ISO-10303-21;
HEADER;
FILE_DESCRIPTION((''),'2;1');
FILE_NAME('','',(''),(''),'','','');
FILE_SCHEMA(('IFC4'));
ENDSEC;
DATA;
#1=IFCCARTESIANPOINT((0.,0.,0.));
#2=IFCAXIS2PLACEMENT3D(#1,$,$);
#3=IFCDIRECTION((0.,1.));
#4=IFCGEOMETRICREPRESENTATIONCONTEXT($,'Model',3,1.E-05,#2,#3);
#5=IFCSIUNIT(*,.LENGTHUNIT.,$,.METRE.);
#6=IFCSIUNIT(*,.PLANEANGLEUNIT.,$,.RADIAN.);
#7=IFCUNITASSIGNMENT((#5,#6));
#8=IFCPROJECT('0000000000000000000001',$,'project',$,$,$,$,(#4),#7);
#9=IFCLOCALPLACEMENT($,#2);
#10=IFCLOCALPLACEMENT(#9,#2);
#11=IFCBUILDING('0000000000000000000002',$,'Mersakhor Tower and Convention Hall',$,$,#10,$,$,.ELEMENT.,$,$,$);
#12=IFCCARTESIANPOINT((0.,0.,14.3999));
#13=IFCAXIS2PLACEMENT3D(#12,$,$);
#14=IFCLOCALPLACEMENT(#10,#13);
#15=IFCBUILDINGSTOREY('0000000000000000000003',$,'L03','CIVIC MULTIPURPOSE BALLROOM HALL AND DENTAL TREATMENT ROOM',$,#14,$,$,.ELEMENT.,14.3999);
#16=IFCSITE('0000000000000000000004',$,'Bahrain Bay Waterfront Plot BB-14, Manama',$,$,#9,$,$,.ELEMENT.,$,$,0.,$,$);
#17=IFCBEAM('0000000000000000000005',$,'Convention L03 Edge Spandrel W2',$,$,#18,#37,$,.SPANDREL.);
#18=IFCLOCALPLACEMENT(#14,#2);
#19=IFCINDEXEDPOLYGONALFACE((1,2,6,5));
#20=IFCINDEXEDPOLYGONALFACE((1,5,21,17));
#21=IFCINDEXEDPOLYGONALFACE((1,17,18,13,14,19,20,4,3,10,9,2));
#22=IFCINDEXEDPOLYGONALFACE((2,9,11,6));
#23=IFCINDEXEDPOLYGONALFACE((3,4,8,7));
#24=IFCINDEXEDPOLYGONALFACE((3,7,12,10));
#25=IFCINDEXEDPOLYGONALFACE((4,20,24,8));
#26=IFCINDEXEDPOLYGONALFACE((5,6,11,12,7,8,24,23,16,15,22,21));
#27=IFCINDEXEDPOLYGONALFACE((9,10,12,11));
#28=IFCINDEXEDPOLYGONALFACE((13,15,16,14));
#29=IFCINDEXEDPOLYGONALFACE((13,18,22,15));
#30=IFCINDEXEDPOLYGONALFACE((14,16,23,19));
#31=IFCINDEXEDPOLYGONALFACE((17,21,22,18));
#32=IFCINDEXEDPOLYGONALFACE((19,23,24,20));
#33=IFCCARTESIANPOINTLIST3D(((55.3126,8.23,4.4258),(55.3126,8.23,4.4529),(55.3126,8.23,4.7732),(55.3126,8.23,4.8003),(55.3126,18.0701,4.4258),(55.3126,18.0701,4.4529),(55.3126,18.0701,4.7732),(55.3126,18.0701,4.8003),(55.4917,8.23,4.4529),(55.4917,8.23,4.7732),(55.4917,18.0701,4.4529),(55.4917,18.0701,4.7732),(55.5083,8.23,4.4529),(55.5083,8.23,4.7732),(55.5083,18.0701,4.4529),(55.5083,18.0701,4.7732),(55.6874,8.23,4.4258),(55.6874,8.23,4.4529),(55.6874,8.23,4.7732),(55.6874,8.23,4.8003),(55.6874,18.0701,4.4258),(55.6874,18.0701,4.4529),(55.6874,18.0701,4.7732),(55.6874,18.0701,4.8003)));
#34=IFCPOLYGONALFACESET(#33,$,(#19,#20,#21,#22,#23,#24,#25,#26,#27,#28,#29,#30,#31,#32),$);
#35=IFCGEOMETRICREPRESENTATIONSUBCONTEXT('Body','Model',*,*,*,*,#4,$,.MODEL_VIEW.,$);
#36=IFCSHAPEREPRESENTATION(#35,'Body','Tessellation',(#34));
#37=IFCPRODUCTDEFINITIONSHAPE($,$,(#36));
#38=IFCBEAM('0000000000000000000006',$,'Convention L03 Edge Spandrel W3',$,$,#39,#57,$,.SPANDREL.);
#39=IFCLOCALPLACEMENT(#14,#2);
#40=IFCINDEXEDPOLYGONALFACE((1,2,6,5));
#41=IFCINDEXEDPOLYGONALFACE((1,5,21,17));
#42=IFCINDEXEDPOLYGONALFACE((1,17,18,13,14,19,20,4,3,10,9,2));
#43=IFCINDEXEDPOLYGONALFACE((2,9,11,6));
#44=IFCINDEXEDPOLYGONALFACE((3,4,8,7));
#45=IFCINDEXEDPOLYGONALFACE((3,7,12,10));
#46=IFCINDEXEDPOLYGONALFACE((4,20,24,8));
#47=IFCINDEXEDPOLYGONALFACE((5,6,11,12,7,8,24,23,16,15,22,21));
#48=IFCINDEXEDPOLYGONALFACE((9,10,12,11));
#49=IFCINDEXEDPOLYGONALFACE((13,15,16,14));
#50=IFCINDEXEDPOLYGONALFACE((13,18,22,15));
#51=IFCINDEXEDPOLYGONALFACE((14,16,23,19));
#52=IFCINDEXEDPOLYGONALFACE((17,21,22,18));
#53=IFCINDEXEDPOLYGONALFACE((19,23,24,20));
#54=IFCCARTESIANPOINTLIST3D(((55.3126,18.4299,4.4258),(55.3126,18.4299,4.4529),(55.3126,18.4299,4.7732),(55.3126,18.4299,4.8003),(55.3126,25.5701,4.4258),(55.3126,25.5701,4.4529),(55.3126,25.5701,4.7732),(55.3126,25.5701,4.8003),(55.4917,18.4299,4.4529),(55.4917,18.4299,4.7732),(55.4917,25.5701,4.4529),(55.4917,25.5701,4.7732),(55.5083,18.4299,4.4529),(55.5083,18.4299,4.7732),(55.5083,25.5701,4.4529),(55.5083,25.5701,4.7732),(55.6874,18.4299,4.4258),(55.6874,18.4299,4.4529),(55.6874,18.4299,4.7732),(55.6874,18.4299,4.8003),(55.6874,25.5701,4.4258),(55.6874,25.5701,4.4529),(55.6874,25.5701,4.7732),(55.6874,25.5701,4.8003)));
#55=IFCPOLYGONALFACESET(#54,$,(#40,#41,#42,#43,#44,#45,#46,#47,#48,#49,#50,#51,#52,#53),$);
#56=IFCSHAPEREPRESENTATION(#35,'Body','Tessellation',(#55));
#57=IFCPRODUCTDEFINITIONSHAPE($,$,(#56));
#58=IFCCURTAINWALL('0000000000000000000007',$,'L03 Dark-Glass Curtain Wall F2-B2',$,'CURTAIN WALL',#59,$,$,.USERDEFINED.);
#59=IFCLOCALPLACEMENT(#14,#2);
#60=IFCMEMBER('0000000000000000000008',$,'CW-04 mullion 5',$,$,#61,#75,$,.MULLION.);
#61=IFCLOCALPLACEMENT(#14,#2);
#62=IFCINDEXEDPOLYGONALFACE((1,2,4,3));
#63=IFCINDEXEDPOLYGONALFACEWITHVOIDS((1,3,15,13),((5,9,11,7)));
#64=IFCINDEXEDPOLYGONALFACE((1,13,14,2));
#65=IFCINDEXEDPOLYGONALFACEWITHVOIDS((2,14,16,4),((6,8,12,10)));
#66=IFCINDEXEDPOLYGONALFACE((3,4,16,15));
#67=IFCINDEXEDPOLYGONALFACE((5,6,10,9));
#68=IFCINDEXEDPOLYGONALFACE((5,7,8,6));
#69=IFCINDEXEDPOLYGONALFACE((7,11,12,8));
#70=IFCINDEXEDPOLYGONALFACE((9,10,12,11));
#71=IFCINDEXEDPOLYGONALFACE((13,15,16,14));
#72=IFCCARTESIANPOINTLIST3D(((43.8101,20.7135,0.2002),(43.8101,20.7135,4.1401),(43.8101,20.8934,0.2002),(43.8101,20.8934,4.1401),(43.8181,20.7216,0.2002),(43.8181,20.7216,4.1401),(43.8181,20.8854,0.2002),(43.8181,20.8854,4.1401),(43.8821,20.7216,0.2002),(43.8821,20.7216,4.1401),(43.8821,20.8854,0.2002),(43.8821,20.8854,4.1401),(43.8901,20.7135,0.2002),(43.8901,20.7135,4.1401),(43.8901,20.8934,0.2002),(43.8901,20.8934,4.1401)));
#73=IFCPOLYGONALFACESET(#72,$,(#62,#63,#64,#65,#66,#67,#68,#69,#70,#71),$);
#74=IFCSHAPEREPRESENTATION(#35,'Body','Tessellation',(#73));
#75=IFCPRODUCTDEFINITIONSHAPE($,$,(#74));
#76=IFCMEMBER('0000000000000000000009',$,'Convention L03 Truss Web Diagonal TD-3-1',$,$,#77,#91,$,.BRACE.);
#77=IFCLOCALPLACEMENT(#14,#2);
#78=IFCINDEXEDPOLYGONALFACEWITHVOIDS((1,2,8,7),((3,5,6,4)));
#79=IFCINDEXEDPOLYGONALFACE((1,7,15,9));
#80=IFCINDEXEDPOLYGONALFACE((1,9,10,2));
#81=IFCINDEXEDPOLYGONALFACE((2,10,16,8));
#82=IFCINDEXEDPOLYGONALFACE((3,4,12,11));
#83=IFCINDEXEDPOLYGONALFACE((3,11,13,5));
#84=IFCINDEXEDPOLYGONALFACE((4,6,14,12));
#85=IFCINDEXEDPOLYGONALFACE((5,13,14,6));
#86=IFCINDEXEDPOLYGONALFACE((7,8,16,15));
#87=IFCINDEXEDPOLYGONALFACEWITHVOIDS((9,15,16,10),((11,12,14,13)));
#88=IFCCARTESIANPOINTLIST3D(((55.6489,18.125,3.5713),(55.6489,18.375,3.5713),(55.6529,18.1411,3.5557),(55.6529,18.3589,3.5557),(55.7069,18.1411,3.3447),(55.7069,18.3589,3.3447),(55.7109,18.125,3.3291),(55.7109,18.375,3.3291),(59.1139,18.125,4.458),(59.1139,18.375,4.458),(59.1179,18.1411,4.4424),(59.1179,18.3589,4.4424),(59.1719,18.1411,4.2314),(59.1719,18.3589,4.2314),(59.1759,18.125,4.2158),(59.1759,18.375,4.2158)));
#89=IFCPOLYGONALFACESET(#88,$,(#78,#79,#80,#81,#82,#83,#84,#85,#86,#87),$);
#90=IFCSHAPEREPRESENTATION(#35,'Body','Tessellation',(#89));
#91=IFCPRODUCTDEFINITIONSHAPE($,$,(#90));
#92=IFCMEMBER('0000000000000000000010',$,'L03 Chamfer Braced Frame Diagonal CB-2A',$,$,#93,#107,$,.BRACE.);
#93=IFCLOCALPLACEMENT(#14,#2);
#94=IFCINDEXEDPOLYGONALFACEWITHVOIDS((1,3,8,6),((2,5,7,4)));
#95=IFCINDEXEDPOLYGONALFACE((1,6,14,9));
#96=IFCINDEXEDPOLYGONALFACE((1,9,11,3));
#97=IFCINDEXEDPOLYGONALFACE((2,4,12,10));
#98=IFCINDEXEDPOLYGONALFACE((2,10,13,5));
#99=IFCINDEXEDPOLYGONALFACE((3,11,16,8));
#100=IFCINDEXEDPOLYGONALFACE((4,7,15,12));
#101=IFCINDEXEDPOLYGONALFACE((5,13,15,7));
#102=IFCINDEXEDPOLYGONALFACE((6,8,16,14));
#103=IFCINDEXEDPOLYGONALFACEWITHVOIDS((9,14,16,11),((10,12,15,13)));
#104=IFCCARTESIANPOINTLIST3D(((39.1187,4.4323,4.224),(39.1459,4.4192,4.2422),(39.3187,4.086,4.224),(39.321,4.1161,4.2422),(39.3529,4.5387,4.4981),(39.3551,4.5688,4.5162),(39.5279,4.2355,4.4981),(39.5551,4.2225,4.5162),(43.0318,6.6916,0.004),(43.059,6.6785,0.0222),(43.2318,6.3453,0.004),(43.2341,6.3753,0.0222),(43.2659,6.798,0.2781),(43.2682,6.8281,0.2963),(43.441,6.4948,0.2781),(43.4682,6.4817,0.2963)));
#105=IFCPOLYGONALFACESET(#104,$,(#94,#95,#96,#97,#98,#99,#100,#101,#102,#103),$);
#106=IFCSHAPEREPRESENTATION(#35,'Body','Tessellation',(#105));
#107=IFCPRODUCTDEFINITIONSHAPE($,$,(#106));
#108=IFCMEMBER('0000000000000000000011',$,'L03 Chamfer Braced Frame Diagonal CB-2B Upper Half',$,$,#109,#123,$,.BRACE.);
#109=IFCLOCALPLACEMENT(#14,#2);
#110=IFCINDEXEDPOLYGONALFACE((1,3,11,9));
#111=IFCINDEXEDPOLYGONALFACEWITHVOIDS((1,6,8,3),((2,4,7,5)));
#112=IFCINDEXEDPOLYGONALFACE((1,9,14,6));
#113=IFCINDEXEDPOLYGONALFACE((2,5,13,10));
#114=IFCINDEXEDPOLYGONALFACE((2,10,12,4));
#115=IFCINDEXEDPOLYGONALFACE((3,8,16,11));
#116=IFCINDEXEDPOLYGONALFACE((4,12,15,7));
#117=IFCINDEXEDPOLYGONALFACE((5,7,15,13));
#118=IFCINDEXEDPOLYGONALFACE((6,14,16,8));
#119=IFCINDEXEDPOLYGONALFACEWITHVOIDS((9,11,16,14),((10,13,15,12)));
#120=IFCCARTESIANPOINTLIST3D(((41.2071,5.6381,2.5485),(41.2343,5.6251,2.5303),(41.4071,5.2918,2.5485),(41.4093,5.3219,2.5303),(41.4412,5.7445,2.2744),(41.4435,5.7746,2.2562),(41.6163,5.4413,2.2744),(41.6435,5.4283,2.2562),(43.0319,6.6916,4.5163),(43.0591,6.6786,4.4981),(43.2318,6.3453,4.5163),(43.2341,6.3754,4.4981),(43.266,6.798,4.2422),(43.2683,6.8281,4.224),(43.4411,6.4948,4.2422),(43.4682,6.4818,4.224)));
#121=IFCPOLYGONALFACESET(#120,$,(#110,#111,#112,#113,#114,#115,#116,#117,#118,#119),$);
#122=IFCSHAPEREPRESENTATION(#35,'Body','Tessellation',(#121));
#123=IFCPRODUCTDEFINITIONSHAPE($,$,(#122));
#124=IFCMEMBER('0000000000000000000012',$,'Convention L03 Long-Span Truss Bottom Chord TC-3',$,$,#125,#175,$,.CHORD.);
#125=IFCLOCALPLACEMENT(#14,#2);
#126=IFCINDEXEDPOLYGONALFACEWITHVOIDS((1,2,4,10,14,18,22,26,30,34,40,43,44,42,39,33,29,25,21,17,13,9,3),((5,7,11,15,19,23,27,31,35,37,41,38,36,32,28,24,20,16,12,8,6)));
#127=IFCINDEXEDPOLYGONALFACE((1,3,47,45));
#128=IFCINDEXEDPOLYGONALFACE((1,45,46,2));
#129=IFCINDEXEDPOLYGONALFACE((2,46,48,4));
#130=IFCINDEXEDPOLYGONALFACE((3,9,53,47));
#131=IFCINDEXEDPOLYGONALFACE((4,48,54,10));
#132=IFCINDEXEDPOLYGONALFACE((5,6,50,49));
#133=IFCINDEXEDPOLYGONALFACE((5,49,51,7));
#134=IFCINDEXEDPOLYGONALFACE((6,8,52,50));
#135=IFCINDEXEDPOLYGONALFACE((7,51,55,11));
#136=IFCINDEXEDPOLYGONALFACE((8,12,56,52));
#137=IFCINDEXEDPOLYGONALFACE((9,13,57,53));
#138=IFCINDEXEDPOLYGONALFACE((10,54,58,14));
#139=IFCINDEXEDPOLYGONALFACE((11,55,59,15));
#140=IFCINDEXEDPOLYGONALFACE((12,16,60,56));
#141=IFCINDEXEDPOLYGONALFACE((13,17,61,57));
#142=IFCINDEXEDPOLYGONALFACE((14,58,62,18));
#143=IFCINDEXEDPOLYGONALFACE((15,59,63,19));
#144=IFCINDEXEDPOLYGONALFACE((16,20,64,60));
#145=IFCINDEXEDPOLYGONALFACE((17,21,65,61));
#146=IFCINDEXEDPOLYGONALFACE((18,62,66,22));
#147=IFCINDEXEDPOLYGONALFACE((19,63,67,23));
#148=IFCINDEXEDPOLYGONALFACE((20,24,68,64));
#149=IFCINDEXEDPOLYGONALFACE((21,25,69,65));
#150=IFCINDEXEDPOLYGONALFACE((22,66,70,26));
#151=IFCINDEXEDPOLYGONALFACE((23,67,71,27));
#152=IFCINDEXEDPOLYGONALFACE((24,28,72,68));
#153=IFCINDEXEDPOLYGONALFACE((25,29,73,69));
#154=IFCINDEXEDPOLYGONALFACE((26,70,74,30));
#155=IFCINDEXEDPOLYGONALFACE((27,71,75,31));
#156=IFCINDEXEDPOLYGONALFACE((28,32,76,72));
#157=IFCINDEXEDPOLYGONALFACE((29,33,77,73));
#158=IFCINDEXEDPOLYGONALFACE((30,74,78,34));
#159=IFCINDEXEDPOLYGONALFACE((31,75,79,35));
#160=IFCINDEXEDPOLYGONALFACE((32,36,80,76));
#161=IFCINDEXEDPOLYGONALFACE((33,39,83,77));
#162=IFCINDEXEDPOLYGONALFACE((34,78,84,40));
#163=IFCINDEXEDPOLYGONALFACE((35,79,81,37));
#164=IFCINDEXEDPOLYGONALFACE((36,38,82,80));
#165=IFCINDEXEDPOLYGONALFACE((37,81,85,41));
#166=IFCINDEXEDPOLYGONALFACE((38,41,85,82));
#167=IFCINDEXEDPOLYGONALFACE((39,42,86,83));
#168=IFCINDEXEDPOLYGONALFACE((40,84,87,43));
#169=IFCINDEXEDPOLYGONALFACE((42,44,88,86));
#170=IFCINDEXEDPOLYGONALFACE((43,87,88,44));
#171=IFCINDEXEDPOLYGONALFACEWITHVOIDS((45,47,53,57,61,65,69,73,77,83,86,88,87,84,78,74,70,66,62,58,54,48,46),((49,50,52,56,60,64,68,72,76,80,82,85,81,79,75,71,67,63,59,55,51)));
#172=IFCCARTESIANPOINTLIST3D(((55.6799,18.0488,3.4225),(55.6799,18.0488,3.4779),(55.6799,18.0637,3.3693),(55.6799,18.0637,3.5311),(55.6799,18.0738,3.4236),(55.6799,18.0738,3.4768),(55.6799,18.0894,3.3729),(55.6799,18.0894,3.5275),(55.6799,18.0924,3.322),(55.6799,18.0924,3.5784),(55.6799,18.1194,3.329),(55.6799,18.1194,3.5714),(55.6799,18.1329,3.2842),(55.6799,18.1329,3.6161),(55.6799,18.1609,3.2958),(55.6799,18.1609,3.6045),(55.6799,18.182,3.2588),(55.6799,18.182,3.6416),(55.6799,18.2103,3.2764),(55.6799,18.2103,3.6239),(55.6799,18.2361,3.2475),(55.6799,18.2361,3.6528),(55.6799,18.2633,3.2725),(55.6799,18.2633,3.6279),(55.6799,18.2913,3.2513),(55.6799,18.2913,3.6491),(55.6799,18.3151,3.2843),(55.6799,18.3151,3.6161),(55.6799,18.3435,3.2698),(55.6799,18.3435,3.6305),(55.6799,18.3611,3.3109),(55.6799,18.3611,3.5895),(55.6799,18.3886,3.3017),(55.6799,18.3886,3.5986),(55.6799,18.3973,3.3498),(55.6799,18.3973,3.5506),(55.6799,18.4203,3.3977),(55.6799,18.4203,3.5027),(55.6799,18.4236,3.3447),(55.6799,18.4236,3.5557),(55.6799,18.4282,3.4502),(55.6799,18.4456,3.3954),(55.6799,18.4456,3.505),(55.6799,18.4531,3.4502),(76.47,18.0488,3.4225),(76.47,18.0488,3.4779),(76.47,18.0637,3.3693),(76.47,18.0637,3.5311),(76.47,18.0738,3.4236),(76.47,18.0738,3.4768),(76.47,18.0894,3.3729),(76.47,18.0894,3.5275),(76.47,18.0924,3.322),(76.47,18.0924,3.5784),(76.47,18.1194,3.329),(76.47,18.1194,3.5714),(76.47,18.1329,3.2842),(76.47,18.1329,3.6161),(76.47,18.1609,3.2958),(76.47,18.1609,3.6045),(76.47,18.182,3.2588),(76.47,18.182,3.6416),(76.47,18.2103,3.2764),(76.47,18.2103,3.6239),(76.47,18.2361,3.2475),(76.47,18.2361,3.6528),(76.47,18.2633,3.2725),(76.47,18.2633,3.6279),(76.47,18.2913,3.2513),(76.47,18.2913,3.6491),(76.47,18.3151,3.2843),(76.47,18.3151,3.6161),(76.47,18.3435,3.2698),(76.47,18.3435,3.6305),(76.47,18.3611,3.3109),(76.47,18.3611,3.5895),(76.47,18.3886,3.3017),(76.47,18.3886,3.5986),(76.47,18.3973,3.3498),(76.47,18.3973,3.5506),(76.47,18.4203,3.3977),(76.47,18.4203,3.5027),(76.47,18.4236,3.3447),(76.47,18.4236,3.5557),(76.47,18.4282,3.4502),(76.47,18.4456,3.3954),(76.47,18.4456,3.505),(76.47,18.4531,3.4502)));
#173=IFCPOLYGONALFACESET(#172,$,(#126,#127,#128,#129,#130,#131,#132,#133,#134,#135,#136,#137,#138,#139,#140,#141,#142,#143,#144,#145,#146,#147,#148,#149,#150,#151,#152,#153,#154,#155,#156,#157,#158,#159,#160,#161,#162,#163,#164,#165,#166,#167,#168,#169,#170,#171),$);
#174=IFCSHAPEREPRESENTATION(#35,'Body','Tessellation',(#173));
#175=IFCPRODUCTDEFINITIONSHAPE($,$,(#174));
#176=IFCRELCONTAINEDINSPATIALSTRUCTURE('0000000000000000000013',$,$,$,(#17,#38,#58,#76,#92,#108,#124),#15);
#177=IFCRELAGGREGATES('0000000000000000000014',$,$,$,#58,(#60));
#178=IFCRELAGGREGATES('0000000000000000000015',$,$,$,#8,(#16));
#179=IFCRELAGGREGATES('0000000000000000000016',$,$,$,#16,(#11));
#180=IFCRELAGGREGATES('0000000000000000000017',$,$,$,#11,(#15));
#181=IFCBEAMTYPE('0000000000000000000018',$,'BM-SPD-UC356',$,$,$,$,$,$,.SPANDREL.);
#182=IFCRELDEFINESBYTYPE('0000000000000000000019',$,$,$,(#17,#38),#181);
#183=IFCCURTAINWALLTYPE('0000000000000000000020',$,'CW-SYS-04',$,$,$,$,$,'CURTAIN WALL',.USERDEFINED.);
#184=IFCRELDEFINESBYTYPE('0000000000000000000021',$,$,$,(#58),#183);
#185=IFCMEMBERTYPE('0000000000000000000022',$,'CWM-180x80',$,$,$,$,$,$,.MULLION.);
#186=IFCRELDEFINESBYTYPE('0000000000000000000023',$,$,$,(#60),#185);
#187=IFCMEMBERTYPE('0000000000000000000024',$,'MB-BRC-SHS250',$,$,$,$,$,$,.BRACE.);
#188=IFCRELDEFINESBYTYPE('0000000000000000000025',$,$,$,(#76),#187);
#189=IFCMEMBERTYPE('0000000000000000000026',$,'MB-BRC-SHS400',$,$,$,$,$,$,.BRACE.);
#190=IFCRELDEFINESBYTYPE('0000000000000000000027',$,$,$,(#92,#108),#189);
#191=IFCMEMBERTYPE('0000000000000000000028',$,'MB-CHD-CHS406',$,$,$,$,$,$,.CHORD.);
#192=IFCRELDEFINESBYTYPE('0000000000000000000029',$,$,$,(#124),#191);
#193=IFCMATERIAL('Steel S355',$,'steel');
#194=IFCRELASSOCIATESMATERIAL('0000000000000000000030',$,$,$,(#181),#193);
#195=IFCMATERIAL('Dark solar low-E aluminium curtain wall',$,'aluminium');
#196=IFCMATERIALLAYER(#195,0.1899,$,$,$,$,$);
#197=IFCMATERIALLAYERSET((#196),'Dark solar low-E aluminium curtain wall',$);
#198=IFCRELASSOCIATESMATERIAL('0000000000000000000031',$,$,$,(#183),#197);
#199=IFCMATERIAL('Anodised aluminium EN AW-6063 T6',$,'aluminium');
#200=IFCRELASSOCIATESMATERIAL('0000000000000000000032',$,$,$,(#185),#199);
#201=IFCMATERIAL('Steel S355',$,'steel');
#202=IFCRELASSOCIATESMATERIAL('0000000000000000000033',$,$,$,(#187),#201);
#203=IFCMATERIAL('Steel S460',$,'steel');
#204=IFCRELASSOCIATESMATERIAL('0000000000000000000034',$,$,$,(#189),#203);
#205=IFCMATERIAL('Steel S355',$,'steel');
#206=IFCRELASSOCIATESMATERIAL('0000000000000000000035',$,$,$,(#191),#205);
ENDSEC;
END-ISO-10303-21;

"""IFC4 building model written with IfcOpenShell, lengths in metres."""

from ifc_helpers import new_model, si_unit, direction, frame, origin, origin_2d, place, context, subcontext, project, spatial, hollow_rectangle, hollow_circle, i_section, extrude, material, layer, layer_set, material_profile, profile_set, type_object, element, aggregate, save


model = new_model("IFC4")

# Units and contexts
model_context = context("Model", 3, precision=1e-05, world=origin(), true_north=direction((0.0, 1.0)))
body_context = subcontext(model_context, "Body", "Model", "MODEL_VIEW")
ifc_project = project(units=[si_unit("LENGTHUNIT", "METRE"), si_unit("PLANEANGLEUNIT", "RADIAN")], contexts=[model_context])

# Site, building, storey
site_placement = place(None, origin())
site = spatial("IfcSite", under=ifc_project, at=site_placement, Name="Bahrain Bay Waterfront Plot BB-14, Manama", CompositionType="ELEMENT", RefElevation=0.0)
building_placement = place(site_placement, origin())
building = spatial("IfcBuilding", under=site, at=building_placement, Name="Mersakhor Tower and Convention Hall", CompositionType="ELEMENT")
storey_placement = place(building_placement, frame((0.0, 0.0, 14.3999)))
storey = spatial("IfcBuildingStorey", under=building, at=storey_placement, Name="L03", Description="CIVIC MULTIPURPOSE BALLROOM HALL AND DENTAL TREATMENT ROOM", CompositionType="ELEMENT", Elevation=14.3999)

# Beams
ifc_material_1 = material(Name="Steel S355", Category="steel")
ifc_material_profile_1 = material_profile(ifc_material_1, i_section(OverallWidth=0.3748, OverallDepth=0.3745, WebThickness=0.0166, FlangeThickness=0.0271, at=origin_2d()), Name="UC 356x368x202")
ifc_profile_set_1 = profile_set([ifc_material_profile_1], Name="Steel S355")
beam_type_1 = type_object("IfcBeamType", Name="BM-SPD-UC356", PredefinedType="SPANDREL", material=ifc_profile_set_1)
beam_1_placement = place(storey_placement, frame((55.5, 8.23, 4.613), z_axis=(0.0, 1.0, 0.0), x_axis=(-1.0, 0.0, 0.0)))
element("IfcBeam", 1, at=beam_1_placement, inside=storey, type_object=beam_type_1, Name="Convention L03 Edge Spandrel W2", PredefinedType="SPANDREL", context=body_context, shape_type="SweptSolid", body=[
    extrude(i_section(OverallWidth=0.3748, OverallDepth=0.3745, WebThickness=0.0166, FlangeThickness=0.0271, at=origin_2d()), origin(), (0.0, 0.0, 1.0), 9.8401),
])
beam_2_placement = place(storey_placement, frame((55.5, 18.4299, 4.613), z_axis=(0.0, 1.0, 0.0), x_axis=(-1.0, 0.0, 0.0)))
element("IfcBeam", 2, at=beam_2_placement, inside=storey, type_object=beam_type_1, Name="Convention L03 Edge Spandrel W3", PredefinedType="SPANDREL", context=body_context, shape_type="SweptSolid", body=[
    extrude(i_section(OverallWidth=0.3748, OverallDepth=0.3745, WebThickness=0.0166, FlangeThickness=0.0271, at=origin_2d()), origin(), (0.0, 0.0, 1.0), 7.1401),
])

# Curtain wall, member
ifc_material_2 = material(Name="Dark solar low-E aluminium curtain wall", Category="aluminium")
ifc_layer_1 = layer(ifc_material_2, 0.1899)
ifc_layer_set_1 = layer_set([ifc_layer_1], Name="Dark solar low-E aluminium curtain wall")
curtain_wall_type = type_object("IfcCurtainWallType", Name="CW-SYS-04", ElementType="CURTAIN WALL", PredefinedType="USERDEFINED", material=ifc_layer_set_1)
curtain_wall_placement = place(storey_placement, origin())
curtain_wall = element("IfcCurtainWall", 3, at=curtain_wall_placement, inside=storey, type_object=curtain_wall_type, Name="L03 Dark-Glass Curtain Wall F2-B2", ObjectType="CURTAIN WALL", PredefinedType="USERDEFINED")
ifc_material_3 = material(Name="Anodised aluminium EN AW-6063 T6", Category="aluminium")
ifc_material_profile_2 = material_profile(ifc_material_3, hollow_rectangle(XDim=0.0801, YDim=0.1799, WallThickness=0.0081, at=origin_2d()), Name="RHS 180x80x8")
ifc_profile_set_2 = profile_set([ifc_material_profile_2], Name="Anodised aluminium EN AW-6063 T6")
member_type_1 = type_object("IfcMemberType", Name="CWM-180x80", PredefinedType="MULLION", material=ifc_profile_set_2)
member_1_placement = place(storey_placement, frame((43.8501, 20.8035, 0.2002), z_axis=(0.0, 0.0, 1.0), x_axis=(1.0, 0.0, 0.0)))
member_1 = element("IfcMember", 4, at=member_1_placement, type_object=member_type_1, Name="CW-04 mullion 5", PredefinedType="MULLION", context=body_context, shape_type="SweptSolid", body=[
    extrude(hollow_rectangle(XDim=0.0801, YDim=0.1799, WallThickness=0.0081, at=origin_2d()), origin(), (0.0, 0.0, 1.0), 3.9399),
])

# Members
ifc_material_4 = material(Name="Steel S355", Category="steel")
ifc_material_profile_3 = material_profile(ifc_material_4, hollow_rectangle(XDim=0.25, YDim=0.25, WallThickness=0.0161, at=origin_2d()), Name="SHS 250x250x16")
ifc_profile_set_3 = profile_set([ifc_material_profile_3], Name="Steel S355")
member_type_2 = type_object("IfcMemberType", Name="MB-BRC-SHS250", PredefinedType="BRACE", material=ifc_profile_set_3)
member_2_placement = place(storey_placement, frame((55.6799, 18.25, 3.4502), z_axis=(0.968783, 0.0, 0.247912), x_axis=(0.0, 1.0, 0.0)))
element("IfcMember", 5, at=member_2_placement, inside=storey, type_object=member_type_2, Name="Convention L03 Truss Web Diagonal TD-3-1", PredefinedType="BRACE", context=body_context, shape_type="SweptSolid", body=[
    extrude(hollow_rectangle(XDim=0.25, YDim=0.25, WallThickness=0.0161, at=origin_2d()), origin(), (0.0, 0.0, 1.0), 3.5767),
])
ifc_material_5 = material(Name="Steel S460", Category="steel")
ifc_material_profile_4 = material_profile(ifc_material_5, hollow_rectangle(XDim=0.3999, YDim=0.3999, WallThickness=0.0249, at=origin_2d()), Name="SHS 400x400x25")
ifc_profile_set_4 = profile_set([ifc_material_profile_4], Name="Steel S460")
member_type_3 = type_object("IfcMemberType", Name="MB-BRC-SHS400", PredefinedType="BRACE", material=ifc_profile_set_4)
member_3_placement = place(storey_placement, frame((43.25, 6.5867, 0.1501), z_axis=(-0.632918, -0.365424, 0.682554), x_axis=(0.500009, -0.86602, 0.0)))
element("IfcMember", 6, at=member_3_placement, inside=storey, type_object=member_type_3, Name="L03 Chamfer Braced Frame Diagonal CB-2A", PredefinedType="BRACE", context=body_context, shape_type="SweptSolid", body=[
    extrude(hollow_rectangle(XDim=0.3999, YDim=0.3999, WallThickness=0.0249, at=origin_2d()), origin(), (0.0, 0.0, 1.0), 6.1826),
])
member_4_placement = place(storey_placement, frame((41.4253, 5.5332, 2.4023), z_axis=(0.632927, 0.365411, 0.682552), x_axis=(-0.49999, 0.866031, 0.0)))
element("IfcMember", 7, at=member_4_placement, inside=storey, type_object=member_type_3, Name="L03 Chamfer Braced Frame Diagonal CB-2B Upper Half", PredefinedType="BRACE", context=body_context, shape_type="SweptSolid", body=[
    extrude(hollow_rectangle(XDim=0.3999, YDim=0.3999, WallThickness=0.0249, at=origin_2d()), origin(), (0.0, 0.0, 1.0), 2.8831),
])
ifc_material_6 = material(Name="Steel S355", Category="steel")
ifc_material_profile_5 = material_profile(ifc_material_6, hollow_circle(Radius=0.2031, WallThickness=0.0249, at=origin_2d()), Name="CHS 406.4x25")
ifc_profile_set_5 = profile_set([ifc_material_profile_5], Name="Steel S355")
member_type_4 = type_object("IfcMemberType", Name="MB-CHD-CHS406", PredefinedType="CHORD", material=ifc_profile_set_5)
member_5_placement = place(storey_placement, frame((55.6799, 18.25, 3.4502), z_axis=(1.0, 0.0, 0.0), x_axis=(0.0, 1.0, 0.0)))
element("IfcMember", 8, at=member_5_placement, inside=storey, type_object=member_type_4, Name="Convention L03 Long-Span Truss Bottom Chord TC-3", PredefinedType="CHORD", context=body_context, shape_type="SweptSolid", body=[
    extrude(hollow_circle(Radius=0.2031, WallThickness=0.0249, at=origin_2d()), origin(), (0.0, 0.0, 1.0), 20.79),
])

aggregate(curtain_wall, [member_1])

save(model, "model.ifc")
